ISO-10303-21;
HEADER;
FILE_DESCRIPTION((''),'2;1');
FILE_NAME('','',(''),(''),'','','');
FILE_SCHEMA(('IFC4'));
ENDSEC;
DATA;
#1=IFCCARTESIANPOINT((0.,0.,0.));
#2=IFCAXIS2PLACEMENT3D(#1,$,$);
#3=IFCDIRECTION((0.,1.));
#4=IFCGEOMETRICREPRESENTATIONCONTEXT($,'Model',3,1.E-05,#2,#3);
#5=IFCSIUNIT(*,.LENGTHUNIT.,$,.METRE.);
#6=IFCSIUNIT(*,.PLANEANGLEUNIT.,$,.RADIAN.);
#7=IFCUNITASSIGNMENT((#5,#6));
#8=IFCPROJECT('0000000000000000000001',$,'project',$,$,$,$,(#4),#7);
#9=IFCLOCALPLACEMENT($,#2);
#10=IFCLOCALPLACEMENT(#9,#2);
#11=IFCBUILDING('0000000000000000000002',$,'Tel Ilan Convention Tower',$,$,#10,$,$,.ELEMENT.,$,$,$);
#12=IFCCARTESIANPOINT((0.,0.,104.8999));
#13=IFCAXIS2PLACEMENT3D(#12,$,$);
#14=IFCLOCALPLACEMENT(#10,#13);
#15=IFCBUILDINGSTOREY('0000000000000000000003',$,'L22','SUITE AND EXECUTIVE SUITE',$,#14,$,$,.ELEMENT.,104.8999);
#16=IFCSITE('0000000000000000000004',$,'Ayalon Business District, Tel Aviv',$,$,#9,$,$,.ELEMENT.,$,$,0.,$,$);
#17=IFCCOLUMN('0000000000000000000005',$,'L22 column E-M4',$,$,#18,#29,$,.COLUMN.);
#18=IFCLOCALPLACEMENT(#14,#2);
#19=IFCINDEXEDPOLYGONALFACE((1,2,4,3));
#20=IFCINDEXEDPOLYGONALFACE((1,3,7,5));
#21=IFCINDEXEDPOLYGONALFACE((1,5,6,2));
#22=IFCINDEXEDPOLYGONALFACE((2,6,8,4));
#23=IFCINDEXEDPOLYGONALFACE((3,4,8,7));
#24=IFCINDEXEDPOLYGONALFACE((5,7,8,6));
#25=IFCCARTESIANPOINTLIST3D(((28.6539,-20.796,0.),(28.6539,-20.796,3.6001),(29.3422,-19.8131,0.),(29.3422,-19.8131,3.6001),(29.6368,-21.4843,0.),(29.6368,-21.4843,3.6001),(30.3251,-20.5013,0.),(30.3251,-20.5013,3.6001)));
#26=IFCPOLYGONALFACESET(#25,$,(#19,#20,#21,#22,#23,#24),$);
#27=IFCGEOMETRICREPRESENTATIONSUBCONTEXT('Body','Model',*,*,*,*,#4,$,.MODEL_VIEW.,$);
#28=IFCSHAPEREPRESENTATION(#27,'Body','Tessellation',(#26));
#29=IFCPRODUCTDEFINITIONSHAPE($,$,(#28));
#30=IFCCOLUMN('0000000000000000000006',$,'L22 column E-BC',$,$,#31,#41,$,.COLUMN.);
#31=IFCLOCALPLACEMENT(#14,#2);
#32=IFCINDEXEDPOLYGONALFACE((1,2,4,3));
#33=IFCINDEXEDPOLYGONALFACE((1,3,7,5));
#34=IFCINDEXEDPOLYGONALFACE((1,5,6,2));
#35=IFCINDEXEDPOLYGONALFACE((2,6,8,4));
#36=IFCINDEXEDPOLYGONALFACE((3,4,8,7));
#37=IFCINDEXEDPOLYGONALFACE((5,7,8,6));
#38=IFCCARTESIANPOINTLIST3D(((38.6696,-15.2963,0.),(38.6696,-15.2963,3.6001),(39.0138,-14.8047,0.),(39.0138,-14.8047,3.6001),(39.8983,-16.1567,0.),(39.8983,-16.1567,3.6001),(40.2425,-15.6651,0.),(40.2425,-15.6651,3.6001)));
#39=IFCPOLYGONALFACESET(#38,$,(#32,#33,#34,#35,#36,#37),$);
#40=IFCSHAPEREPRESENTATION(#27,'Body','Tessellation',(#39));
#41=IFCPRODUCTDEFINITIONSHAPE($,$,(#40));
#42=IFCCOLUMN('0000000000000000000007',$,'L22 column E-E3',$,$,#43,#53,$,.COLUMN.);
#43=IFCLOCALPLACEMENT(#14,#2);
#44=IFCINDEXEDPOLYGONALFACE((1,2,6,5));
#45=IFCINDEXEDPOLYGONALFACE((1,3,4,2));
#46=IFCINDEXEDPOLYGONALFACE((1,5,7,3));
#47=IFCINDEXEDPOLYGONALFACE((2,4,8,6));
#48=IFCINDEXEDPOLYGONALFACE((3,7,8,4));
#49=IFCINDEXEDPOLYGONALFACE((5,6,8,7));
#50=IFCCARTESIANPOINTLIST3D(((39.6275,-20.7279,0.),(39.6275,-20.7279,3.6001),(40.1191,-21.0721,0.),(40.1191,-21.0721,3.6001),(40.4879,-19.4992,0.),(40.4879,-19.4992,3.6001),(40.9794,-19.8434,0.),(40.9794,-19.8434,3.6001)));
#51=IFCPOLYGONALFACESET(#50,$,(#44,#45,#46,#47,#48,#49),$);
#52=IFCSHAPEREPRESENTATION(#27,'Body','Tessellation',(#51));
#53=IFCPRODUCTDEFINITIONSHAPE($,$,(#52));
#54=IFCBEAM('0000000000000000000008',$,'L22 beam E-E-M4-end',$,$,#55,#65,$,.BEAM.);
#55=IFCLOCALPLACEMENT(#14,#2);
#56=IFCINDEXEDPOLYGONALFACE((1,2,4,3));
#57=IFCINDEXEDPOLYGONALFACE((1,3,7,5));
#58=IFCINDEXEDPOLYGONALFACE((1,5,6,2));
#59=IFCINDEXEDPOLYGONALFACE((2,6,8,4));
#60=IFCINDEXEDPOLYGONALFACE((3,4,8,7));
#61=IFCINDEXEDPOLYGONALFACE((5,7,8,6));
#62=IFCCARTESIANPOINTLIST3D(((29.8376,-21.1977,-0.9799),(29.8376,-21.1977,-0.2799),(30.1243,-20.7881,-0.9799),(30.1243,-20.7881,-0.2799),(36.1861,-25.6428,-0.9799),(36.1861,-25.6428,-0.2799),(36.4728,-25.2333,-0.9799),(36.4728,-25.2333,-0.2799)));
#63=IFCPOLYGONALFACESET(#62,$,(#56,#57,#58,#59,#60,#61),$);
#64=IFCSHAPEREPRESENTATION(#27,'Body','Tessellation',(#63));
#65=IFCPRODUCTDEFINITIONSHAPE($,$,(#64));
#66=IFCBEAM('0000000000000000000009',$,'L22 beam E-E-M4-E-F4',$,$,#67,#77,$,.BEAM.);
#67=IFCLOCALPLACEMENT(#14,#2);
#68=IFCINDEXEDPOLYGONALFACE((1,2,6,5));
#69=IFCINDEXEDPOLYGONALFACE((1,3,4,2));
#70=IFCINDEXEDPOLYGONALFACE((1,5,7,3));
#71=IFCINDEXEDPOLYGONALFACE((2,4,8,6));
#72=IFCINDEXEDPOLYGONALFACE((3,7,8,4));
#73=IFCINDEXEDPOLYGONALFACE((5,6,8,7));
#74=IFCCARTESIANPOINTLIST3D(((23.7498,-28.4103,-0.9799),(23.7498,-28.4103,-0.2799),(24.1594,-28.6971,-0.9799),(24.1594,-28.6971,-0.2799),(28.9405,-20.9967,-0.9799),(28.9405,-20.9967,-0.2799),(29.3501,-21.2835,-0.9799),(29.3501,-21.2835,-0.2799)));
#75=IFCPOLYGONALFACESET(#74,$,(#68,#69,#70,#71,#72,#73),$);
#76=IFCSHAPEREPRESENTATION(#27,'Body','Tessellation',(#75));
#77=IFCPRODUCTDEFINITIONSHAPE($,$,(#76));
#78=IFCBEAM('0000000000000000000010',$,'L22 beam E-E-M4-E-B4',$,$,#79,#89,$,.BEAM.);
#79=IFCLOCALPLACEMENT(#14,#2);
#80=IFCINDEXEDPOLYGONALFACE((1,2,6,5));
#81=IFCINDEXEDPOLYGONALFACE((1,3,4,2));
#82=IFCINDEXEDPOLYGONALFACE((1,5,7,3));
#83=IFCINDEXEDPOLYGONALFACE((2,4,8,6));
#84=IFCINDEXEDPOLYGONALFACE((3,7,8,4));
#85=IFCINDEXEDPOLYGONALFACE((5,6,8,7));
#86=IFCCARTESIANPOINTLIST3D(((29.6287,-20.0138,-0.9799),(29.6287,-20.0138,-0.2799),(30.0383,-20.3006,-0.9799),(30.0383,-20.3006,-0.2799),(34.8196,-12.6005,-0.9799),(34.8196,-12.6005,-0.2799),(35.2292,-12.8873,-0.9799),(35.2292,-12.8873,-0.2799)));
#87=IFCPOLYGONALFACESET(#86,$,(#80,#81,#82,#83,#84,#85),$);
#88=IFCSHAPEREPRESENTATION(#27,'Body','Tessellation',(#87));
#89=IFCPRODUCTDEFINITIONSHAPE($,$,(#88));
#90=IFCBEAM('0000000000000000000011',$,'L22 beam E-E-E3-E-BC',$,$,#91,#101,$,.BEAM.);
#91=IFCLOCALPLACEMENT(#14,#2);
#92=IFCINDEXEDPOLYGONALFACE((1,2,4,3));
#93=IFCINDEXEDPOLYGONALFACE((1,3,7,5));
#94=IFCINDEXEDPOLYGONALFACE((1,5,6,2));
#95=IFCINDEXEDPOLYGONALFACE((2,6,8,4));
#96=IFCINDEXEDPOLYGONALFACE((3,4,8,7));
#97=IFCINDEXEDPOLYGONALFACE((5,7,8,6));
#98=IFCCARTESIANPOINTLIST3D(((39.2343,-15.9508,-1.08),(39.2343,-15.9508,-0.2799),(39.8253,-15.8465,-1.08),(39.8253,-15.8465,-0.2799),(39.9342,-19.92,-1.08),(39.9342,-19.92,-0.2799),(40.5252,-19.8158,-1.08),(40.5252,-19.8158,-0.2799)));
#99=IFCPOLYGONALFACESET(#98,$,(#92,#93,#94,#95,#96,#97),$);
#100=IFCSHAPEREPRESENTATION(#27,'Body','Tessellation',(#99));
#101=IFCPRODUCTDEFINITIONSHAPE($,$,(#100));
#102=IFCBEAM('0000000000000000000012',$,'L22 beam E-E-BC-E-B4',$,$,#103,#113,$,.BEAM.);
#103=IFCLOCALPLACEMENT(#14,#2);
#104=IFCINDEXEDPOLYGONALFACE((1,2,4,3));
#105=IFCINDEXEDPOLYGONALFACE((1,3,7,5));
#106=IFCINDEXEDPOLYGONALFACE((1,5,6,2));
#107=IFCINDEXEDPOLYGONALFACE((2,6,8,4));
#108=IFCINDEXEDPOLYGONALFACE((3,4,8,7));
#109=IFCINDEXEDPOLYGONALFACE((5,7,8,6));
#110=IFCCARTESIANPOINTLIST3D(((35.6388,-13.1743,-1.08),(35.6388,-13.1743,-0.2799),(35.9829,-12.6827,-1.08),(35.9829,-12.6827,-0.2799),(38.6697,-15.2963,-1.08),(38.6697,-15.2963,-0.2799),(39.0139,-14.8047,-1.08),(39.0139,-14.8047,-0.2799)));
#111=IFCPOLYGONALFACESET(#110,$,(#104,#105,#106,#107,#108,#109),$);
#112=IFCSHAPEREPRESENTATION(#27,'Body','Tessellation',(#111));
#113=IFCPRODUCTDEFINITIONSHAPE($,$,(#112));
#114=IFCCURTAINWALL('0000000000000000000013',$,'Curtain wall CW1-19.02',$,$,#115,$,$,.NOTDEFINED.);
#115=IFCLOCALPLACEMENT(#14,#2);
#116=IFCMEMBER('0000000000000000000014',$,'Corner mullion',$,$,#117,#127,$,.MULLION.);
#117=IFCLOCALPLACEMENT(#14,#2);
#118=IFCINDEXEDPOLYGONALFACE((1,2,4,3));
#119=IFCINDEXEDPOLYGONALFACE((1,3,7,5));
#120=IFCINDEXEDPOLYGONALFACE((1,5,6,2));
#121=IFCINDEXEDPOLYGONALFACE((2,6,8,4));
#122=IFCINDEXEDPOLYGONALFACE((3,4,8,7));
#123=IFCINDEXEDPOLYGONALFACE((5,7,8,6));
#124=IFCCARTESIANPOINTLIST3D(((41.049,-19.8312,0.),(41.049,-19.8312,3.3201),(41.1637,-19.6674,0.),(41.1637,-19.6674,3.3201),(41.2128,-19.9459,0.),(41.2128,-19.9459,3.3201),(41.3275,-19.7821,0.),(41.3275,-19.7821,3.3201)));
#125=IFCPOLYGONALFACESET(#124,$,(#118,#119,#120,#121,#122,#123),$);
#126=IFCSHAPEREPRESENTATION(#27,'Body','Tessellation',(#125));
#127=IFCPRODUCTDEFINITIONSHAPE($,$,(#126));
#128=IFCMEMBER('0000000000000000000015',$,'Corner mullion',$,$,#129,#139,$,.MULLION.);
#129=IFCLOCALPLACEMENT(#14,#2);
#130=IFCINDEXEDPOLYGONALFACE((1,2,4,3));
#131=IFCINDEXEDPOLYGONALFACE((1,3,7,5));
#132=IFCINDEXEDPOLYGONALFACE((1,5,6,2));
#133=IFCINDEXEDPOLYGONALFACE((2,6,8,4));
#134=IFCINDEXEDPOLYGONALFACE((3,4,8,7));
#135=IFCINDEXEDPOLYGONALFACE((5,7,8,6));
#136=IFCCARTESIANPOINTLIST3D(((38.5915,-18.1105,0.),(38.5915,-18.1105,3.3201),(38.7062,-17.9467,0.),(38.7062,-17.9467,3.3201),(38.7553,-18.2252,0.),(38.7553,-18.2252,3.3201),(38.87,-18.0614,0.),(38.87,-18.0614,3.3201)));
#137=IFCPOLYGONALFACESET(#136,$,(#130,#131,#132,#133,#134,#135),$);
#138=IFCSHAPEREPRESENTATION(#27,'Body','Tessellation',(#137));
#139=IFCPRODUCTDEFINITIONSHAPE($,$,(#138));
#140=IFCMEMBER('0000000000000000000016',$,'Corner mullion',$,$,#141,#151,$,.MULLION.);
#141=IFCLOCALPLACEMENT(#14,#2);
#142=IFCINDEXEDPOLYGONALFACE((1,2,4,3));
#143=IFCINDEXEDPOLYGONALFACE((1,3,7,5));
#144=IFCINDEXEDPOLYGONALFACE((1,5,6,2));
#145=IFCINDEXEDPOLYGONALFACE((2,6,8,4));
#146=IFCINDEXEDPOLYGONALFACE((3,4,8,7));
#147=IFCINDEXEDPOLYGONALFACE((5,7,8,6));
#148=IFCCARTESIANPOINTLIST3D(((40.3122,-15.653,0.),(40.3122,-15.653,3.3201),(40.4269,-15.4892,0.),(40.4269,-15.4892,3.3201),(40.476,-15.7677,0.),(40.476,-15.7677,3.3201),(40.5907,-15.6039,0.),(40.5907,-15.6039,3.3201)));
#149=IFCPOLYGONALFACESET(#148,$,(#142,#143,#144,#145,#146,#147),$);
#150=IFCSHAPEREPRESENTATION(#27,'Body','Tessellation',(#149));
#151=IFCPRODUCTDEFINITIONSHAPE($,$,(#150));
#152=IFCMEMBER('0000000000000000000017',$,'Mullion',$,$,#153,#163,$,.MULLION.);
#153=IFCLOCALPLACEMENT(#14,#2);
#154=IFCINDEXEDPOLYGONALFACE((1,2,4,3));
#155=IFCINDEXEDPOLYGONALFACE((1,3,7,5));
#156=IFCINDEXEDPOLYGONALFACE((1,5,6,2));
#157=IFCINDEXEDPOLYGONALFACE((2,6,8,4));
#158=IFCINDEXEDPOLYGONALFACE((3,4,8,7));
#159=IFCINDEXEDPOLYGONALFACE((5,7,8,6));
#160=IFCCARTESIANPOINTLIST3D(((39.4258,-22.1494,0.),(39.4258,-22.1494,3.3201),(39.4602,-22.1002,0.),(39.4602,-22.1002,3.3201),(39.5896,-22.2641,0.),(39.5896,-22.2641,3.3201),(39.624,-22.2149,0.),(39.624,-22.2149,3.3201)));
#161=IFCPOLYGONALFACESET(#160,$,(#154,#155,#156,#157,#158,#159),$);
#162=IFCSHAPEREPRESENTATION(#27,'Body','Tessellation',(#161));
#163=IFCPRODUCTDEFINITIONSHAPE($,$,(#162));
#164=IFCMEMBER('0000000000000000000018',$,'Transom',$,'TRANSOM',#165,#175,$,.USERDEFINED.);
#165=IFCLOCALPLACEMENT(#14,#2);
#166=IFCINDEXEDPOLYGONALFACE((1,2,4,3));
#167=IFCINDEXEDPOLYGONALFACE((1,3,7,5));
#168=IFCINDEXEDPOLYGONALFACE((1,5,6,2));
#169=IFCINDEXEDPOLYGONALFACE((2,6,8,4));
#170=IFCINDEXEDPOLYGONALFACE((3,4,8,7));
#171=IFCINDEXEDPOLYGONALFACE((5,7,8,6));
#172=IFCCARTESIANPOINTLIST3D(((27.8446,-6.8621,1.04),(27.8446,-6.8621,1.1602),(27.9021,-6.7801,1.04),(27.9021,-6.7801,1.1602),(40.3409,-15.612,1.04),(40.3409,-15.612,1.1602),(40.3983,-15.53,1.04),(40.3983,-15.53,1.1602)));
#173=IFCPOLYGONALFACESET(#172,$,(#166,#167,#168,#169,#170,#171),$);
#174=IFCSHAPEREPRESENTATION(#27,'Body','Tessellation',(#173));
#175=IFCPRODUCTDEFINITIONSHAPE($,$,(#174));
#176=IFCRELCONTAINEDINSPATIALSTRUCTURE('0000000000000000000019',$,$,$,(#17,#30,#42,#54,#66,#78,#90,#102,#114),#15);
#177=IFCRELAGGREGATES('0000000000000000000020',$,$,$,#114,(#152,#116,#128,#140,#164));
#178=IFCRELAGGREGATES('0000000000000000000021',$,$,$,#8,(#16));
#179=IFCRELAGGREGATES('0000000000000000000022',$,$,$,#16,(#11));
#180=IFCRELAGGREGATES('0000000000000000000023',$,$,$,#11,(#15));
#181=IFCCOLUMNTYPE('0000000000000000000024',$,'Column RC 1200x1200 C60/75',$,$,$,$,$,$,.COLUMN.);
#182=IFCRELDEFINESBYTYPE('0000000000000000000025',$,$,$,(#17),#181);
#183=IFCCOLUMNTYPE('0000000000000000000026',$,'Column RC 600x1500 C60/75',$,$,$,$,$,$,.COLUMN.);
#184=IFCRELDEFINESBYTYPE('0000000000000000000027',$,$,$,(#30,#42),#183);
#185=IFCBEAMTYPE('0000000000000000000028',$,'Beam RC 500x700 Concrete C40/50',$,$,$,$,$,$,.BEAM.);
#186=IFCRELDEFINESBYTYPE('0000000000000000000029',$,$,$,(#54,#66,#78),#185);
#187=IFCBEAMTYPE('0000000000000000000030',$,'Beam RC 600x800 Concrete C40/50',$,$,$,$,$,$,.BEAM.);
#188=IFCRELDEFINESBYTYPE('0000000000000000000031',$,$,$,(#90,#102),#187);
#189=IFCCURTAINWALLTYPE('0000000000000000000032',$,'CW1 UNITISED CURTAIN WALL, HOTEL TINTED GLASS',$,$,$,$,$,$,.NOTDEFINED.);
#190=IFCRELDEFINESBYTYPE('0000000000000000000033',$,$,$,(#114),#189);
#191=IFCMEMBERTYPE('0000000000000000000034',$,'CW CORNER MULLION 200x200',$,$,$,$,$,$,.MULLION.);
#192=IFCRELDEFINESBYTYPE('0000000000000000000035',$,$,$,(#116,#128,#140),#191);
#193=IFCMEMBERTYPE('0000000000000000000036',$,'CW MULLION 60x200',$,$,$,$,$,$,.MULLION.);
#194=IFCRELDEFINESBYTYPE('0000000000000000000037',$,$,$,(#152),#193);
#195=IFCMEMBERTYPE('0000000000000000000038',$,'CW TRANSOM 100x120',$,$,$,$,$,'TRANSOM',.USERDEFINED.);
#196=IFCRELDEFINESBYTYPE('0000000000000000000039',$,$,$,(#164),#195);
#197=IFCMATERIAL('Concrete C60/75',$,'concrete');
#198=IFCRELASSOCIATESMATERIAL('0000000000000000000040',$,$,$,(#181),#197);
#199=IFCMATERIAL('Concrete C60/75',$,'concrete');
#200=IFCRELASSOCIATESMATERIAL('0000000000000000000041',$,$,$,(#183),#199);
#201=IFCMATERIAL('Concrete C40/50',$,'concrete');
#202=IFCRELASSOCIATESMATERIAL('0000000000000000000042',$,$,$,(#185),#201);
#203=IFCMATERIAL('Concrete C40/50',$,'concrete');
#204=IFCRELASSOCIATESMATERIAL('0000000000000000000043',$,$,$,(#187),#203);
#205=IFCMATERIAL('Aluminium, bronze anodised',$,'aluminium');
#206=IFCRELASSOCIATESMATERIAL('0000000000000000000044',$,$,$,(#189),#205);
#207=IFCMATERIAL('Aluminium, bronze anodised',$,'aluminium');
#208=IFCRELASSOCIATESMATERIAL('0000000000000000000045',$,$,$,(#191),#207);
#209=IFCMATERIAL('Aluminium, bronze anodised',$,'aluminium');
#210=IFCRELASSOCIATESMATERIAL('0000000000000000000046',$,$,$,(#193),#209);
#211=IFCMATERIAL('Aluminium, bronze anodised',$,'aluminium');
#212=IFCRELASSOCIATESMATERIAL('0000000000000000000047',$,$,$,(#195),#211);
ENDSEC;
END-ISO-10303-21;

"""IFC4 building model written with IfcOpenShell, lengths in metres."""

from ifc_helpers import new_model, si_unit, direction, frame, origin, origin_2d, place, context, subcontext, project, spatial, rectangle, extrude, material, material_profile, profile_set, type_object, element, aggregate, save


model = new_model("IFC4")

# Units and contexts
model_context = context("Model", 3, precision=1e-05, world=origin(), true_north=direction((0.0, 1.0)))
body_context = subcontext(model_context, "Body", "Model", "MODEL_VIEW")
ifc_project = project(units=[si_unit("LENGTHUNIT", "METRE"), si_unit("PLANEANGLEUNIT", "RADIAN")], contexts=[model_context])

# Site, building, storey
site_placement = place(None, origin())
site = spatial("IfcSite", under=ifc_project, at=site_placement, Name="Ayalon Business District, Tel Aviv", CompositionType="ELEMENT", RefElevation=0.0)
building_placement = place(site_placement, origin())
building = spatial("IfcBuilding", under=site, at=building_placement, Name="Tel Ilan Convention Tower", CompositionType="ELEMENT")
storey_placement = place(building_placement, frame((0.0, 0.0, 104.8999)))
storey = spatial("IfcBuildingStorey", under=building, at=storey_placement, Name="L22", Description="SUITE AND EXECUTIVE SUITE", CompositionType="ELEMENT", Elevation=104.8999)

# Columns
ifc_material_1 = material(Name="Concrete C60/75", Category="concrete")
ifc_material_profile_1 = material_profile(ifc_material_1, rectangle(XDim=1.2, YDim=1.2, at=origin_2d()), Name="RC 1200x1200")
ifc_profile_set_1 = profile_set([ifc_material_profile_1], Name="Concrete C60/75")
column_type_1 = type_object("IfcColumnType", Name="Column RC 1200x1200 C60/75", PredefinedType="COLUMN", material=ifc_profile_set_1)
column_placement = place(storey_placement, frame((29.4895, -20.6487, 0.0), z_axis=(0.0, 0.0, 1.0), x_axis=(0.819152, -0.573576, 0.0)))
element("IfcColumn", 1, at=column_placement, inside=storey, type_object=column_type_1, Name="L22 column E-M4", PredefinedType="COLUMN", context=body_context, shape_type="SweptSolid", body=[
    extrude(rectangle(XDim=1.2, YDim=1.2, at=origin_2d()), origin(), (0.0, 0.0, 1.0), 3.6001),
])
ifc_material_2 = material(Name="Concrete C60/75", Category="concrete")
ifc_material_profile_2 = material_profile(ifc_material_2, rectangle(XDim=1.5, YDim=0.6001, at=origin_2d()), Name="RC 600x1500")
ifc_profile_set_2 = profile_set([ifc_material_profile_2], Name="Concrete C60/75")
column_type_2 = type_object("IfcColumnType", Name="Column RC 600x1500 C60/75", PredefinedType="COLUMN", material=ifc_profile_set_2)
for number, where, z_axis, x_axis, name in (
    (2, (39.4561, -15.4807, 0.0), (0.0, 0.0, 1.0), (0.819152, -0.573576, 0.0), "L22 column E-BC"),
    (3, (40.3035, -20.2856, 0.0), (0.0, 0.0, 1.0), (0.573576, 0.819152, 0.0), "L22 column E-E3"),
):
    element("IfcColumn", number, at=place(storey_placement, frame(where, z_axis=z_axis, x_axis=x_axis)), inside=storey, type_object=column_type_2, Name=name, PredefinedType="COLUMN", context=body_context, shape_type="SweptSolid", body=[
        extrude(rectangle(XDim=1.5, YDim=0.6001, at=origin_2d()), origin(), (0.0, 0.0, 1.0), 3.6001),
    ])

# Beams
ifc_material_3 = material(Name="Concrete C40/50", Category="concrete")
ifc_material_profile_3 = material_profile(ifc_material_3, rectangle(XDim=0.5, YDim=0.7, at=origin_2d()), Name="RC 500x700")
ifc_profile_set_3 = profile_set([ifc_material_profile_3], Name="Concrete C40/50")
beam_type_1 = type_object("IfcBeamType", Name="Beam RC 500x700 Concrete C40/50", PredefinedType="BEAM", material=ifc_profile_set_3)
beam_1_placement = place(storey_placement, frame((29.981, -20.9929, -0.6299), z_axis=(0.819159, -0.573566, 0.0), x_axis=(0.573566, 0.819159, 0.0)))
element("IfcBeam", 4, at=beam_1_placement, inside=storey, type_object=beam_type_1, Name="L22 beam E-E-M4-end", PredefinedType="BEAM", context=body_context, shape_type="SweptSolid", body=[
    extrude(rectangle(XDim=0.5, YDim=0.7, at=origin_2d()), origin(), (0.0, 0.0, 1.0), 7.75),
])
for number, where, z_axis, x_axis, name in (
    (5, (29.1453, -21.1401, -0.6299), (-0.573549, -0.819171, 0.0), (0.819171, -0.573549, 0.0), "L22 beam E-E-M4-E-F4"),
    (6, (29.8335, -20.1572, -0.6299), (0.57358, 0.81915, 0.0), (-0.81915, 0.57358, 0.0), "L22 beam E-E-M4-E-B4"),
):
    element("IfcBeam", number, at=place(storey_placement, frame(where, z_axis=z_axis, x_axis=x_axis)), inside=storey, type_object=beam_type_1, Name=name, PredefinedType="BEAM", context=body_context, shape_type="SweptSolid", body=[
        extrude(rectangle(XDim=0.5, YDim=0.7, at=origin_2d()), origin(), (0.0, 0.0, 1.0), 9.05),
    ])
ifc_material_4 = material(Name="Concrete C40/50", Category="concrete")
ifc_material_profile_4 = material_profile(ifc_material_4, rectangle(XDim=0.6001, YDim=0.8, at=origin_2d()), Name="RC 600x800")
ifc_profile_set_4 = profile_set([ifc_material_profile_4], Name="Concrete C40/50")
beam_type_2 = type_object("IfcBeamType", Name="Beam RC 600x800 Concrete C40/50", PredefinedType="BEAM", material=ifc_profile_set_4)
beam_2_placement = place(storey_placement, frame((40.2297, -19.8679, -0.6799), z_axis=(-0.173664, 0.984805, 0.0), x_axis=(-0.984805, -0.173664, 0.0)))
element("IfcBeam", 7, at=beam_2_placement, inside=storey, type_object=beam_type_2, Name="L22 beam E-E-E3-E-BC", PredefinedType="BEAM", context=body_context, shape_type="SweptSolid", body=[
    extrude(rectangle(XDim=0.6001, YDim=0.8, at=origin_2d()), origin(), (0.0, 0.0, 1.0), 4.0305),
])
beam_3_placement = place(storey_placement, frame((38.8418, -15.0505, -0.6799), z_axis=(-0.819185, 0.573529, 0.0), x_axis=(-0.573529, -0.819185, 0.0)))
element("IfcBeam", 8, at=beam_3_placement, inside=storey, type_object=beam_type_2, Name="L22 beam E-E-BC-E-B4", PredefinedType="BEAM", context=body_context, shape_type="SweptSolid", body=[
    extrude(rectangle(XDim=0.6001, YDim=0.8, at=origin_2d()), origin(), (0.0, 0.0, 1.0), 3.7),
])

# Curtain wall, members
ifc_material_5 = material(Name="Aluminium, bronze anodised", Category="aluminium")
curtain_wall_type = type_object("IfcCurtainWallType", Name="CW1 UNITISED CURTAIN WALL, HOTEL TINTED GLASS", PredefinedType="NOTDEFINED", material=ifc_material_5)
curtain_wall_placement = place(storey_placement, origin())
curtain_wall = element("IfcCurtainWall", 9, at=curtain_wall_placement, inside=storey, type_object=curtain_wall_type, Name="Curtain wall CW1-19.02", PredefinedType="NOTDEFINED")
ifc_material_6 = material(Name="Aluminium, bronze anodised", Category="aluminium")
ifc_material_profile_5 = material_profile(ifc_material_6, rectangle(XDim=0.2, YDim=0.2, at=origin_2d()), Name="CW CORNER MULLION 200x200")
ifc_profile_set_5 = profile_set([ifc_material_profile_5], Name="Aluminium, bronze anodised")
member_type_1 = type_object("IfcMemberType", Name="CW CORNER MULLION 200x200", PredefinedType="MULLION", material=ifc_profile_set_5)
member_1_placement = place(storey_placement, frame((41.1882, -19.8066, 0.0), z_axis=(0.0, 0.0, 1.0), x_axis=(0.573576, 0.819152, 0.0)))
member_1 = element("IfcMember", 10, at=member_1_placement, type_object=member_type_1, Name="Corner mullion", PredefinedType="MULLION", context=body_context, shape_type="SweptSolid", body=[
    extrude(rectangle(XDim=0.2, YDim=0.2, at=origin_2d()), origin(), (0.0, 0.0, 1.0), 3.3201),
])
member_2_placement = place(storey_placement, frame((38.7307, -18.0859, 0.0), z_axis=(0.0, 0.0, 1.0), x_axis=(-0.819152, 0.573576, 0.0)))
member_2 = element("IfcMember", 11, at=member_2_placement, type_object=member_type_1, Name="Corner mullion", PredefinedType="MULLION", context=body_context, shape_type="SweptSolid", body=[
    extrude(rectangle(XDim=0.2, YDim=0.2, at=origin_2d()), origin(), (0.0, 0.0, 1.0), 3.3201),
])
member_3_placement = place(storey_placement, frame((40.4514, -15.6284, 0.0), z_axis=(0.0, 0.0, 1.0), x_axis=(0.573576, 0.819152, 0.0)))
member_3 = element("IfcMember", 12, at=member_3_placement, type_object=member_type_1, Name="Corner mullion", PredefinedType="MULLION", context=body_context, shape_type="SweptSolid", body=[
    extrude(rectangle(XDim=0.2, YDim=0.2, at=origin_2d()), origin(), (0.0, 0.0, 1.0), 3.3201),
])
ifc_material_7 = material(Name="Aluminium, bronze anodised", Category="aluminium")
ifc_material_profile_6 = material_profile(ifc_material_7, rectangle(XDim=0.0601, YDim=0.2, at=origin_2d()), Name="CW MULLION 60x200")
ifc_profile_set_6 = profile_set([ifc_material_profile_6], Name="Aluminium, bronze anodised")
member_type_2 = type_object("IfcMemberType", Name="CW MULLION 60x200", PredefinedType="MULLION", material=ifc_profile_set_6)
member_4_placement = place(storey_placement, frame((39.5249, -22.1821, 0.0), z_axis=(0.0, 0.0, 1.0), x_axis=(0.573576, 0.819152, 0.0)))
member_4 = element("IfcMember", 13, at=member_4_placement, type_object=member_type_2, Name="Mullion", PredefinedType="MULLION", context=body_context, shape_type="SweptSolid", body=[
    extrude(rectangle(XDim=0.0601, YDim=0.2, at=origin_2d()), origin(), (0.0, 0.0, 1.0), 3.3201),
])
ifc_material_8 = material(Name="Aluminium, bronze anodised", Category="aluminium")
ifc_material_profile_7 = material_profile(ifc_material_8, rectangle(XDim=0.1001, YDim=0.1201, at=origin_2d()), Name="CW TRANSOM 100x120")
ifc_profile_set_7 = profile_set([ifc_material_profile_7], Name="Aluminium, bronze anodised")
member_type_3 = type_object("IfcMemberType", Name="CW TRANSOM 100x120", ElementType="TRANSOM", PredefinedType="USERDEFINED", material=ifc_profile_set_7)
member_5_placement = place(storey_placement, frame((40.3696, -15.571, 1.1001), z_axis=(-0.819153, 0.573575, 0.0), x_axis=(-0.573575, -0.819153, 0.0)))
member_5 = element("IfcMember", 14, at=member_5_placement, type_object=member_type_3, Name="Transom", ObjectType="TRANSOM", PredefinedType="USERDEFINED", context=body_context, shape_type="SweptSolid", body=[
    extrude(rectangle(XDim=0.1001, YDim=0.1201, at=origin_2d()), origin(), (0.0, 0.0, 1.0), 15.2551),
])
aggregate(curtain_wall, [member_4, member_1, member_2, member_3, member_5])

save(model, "model.ifc")
